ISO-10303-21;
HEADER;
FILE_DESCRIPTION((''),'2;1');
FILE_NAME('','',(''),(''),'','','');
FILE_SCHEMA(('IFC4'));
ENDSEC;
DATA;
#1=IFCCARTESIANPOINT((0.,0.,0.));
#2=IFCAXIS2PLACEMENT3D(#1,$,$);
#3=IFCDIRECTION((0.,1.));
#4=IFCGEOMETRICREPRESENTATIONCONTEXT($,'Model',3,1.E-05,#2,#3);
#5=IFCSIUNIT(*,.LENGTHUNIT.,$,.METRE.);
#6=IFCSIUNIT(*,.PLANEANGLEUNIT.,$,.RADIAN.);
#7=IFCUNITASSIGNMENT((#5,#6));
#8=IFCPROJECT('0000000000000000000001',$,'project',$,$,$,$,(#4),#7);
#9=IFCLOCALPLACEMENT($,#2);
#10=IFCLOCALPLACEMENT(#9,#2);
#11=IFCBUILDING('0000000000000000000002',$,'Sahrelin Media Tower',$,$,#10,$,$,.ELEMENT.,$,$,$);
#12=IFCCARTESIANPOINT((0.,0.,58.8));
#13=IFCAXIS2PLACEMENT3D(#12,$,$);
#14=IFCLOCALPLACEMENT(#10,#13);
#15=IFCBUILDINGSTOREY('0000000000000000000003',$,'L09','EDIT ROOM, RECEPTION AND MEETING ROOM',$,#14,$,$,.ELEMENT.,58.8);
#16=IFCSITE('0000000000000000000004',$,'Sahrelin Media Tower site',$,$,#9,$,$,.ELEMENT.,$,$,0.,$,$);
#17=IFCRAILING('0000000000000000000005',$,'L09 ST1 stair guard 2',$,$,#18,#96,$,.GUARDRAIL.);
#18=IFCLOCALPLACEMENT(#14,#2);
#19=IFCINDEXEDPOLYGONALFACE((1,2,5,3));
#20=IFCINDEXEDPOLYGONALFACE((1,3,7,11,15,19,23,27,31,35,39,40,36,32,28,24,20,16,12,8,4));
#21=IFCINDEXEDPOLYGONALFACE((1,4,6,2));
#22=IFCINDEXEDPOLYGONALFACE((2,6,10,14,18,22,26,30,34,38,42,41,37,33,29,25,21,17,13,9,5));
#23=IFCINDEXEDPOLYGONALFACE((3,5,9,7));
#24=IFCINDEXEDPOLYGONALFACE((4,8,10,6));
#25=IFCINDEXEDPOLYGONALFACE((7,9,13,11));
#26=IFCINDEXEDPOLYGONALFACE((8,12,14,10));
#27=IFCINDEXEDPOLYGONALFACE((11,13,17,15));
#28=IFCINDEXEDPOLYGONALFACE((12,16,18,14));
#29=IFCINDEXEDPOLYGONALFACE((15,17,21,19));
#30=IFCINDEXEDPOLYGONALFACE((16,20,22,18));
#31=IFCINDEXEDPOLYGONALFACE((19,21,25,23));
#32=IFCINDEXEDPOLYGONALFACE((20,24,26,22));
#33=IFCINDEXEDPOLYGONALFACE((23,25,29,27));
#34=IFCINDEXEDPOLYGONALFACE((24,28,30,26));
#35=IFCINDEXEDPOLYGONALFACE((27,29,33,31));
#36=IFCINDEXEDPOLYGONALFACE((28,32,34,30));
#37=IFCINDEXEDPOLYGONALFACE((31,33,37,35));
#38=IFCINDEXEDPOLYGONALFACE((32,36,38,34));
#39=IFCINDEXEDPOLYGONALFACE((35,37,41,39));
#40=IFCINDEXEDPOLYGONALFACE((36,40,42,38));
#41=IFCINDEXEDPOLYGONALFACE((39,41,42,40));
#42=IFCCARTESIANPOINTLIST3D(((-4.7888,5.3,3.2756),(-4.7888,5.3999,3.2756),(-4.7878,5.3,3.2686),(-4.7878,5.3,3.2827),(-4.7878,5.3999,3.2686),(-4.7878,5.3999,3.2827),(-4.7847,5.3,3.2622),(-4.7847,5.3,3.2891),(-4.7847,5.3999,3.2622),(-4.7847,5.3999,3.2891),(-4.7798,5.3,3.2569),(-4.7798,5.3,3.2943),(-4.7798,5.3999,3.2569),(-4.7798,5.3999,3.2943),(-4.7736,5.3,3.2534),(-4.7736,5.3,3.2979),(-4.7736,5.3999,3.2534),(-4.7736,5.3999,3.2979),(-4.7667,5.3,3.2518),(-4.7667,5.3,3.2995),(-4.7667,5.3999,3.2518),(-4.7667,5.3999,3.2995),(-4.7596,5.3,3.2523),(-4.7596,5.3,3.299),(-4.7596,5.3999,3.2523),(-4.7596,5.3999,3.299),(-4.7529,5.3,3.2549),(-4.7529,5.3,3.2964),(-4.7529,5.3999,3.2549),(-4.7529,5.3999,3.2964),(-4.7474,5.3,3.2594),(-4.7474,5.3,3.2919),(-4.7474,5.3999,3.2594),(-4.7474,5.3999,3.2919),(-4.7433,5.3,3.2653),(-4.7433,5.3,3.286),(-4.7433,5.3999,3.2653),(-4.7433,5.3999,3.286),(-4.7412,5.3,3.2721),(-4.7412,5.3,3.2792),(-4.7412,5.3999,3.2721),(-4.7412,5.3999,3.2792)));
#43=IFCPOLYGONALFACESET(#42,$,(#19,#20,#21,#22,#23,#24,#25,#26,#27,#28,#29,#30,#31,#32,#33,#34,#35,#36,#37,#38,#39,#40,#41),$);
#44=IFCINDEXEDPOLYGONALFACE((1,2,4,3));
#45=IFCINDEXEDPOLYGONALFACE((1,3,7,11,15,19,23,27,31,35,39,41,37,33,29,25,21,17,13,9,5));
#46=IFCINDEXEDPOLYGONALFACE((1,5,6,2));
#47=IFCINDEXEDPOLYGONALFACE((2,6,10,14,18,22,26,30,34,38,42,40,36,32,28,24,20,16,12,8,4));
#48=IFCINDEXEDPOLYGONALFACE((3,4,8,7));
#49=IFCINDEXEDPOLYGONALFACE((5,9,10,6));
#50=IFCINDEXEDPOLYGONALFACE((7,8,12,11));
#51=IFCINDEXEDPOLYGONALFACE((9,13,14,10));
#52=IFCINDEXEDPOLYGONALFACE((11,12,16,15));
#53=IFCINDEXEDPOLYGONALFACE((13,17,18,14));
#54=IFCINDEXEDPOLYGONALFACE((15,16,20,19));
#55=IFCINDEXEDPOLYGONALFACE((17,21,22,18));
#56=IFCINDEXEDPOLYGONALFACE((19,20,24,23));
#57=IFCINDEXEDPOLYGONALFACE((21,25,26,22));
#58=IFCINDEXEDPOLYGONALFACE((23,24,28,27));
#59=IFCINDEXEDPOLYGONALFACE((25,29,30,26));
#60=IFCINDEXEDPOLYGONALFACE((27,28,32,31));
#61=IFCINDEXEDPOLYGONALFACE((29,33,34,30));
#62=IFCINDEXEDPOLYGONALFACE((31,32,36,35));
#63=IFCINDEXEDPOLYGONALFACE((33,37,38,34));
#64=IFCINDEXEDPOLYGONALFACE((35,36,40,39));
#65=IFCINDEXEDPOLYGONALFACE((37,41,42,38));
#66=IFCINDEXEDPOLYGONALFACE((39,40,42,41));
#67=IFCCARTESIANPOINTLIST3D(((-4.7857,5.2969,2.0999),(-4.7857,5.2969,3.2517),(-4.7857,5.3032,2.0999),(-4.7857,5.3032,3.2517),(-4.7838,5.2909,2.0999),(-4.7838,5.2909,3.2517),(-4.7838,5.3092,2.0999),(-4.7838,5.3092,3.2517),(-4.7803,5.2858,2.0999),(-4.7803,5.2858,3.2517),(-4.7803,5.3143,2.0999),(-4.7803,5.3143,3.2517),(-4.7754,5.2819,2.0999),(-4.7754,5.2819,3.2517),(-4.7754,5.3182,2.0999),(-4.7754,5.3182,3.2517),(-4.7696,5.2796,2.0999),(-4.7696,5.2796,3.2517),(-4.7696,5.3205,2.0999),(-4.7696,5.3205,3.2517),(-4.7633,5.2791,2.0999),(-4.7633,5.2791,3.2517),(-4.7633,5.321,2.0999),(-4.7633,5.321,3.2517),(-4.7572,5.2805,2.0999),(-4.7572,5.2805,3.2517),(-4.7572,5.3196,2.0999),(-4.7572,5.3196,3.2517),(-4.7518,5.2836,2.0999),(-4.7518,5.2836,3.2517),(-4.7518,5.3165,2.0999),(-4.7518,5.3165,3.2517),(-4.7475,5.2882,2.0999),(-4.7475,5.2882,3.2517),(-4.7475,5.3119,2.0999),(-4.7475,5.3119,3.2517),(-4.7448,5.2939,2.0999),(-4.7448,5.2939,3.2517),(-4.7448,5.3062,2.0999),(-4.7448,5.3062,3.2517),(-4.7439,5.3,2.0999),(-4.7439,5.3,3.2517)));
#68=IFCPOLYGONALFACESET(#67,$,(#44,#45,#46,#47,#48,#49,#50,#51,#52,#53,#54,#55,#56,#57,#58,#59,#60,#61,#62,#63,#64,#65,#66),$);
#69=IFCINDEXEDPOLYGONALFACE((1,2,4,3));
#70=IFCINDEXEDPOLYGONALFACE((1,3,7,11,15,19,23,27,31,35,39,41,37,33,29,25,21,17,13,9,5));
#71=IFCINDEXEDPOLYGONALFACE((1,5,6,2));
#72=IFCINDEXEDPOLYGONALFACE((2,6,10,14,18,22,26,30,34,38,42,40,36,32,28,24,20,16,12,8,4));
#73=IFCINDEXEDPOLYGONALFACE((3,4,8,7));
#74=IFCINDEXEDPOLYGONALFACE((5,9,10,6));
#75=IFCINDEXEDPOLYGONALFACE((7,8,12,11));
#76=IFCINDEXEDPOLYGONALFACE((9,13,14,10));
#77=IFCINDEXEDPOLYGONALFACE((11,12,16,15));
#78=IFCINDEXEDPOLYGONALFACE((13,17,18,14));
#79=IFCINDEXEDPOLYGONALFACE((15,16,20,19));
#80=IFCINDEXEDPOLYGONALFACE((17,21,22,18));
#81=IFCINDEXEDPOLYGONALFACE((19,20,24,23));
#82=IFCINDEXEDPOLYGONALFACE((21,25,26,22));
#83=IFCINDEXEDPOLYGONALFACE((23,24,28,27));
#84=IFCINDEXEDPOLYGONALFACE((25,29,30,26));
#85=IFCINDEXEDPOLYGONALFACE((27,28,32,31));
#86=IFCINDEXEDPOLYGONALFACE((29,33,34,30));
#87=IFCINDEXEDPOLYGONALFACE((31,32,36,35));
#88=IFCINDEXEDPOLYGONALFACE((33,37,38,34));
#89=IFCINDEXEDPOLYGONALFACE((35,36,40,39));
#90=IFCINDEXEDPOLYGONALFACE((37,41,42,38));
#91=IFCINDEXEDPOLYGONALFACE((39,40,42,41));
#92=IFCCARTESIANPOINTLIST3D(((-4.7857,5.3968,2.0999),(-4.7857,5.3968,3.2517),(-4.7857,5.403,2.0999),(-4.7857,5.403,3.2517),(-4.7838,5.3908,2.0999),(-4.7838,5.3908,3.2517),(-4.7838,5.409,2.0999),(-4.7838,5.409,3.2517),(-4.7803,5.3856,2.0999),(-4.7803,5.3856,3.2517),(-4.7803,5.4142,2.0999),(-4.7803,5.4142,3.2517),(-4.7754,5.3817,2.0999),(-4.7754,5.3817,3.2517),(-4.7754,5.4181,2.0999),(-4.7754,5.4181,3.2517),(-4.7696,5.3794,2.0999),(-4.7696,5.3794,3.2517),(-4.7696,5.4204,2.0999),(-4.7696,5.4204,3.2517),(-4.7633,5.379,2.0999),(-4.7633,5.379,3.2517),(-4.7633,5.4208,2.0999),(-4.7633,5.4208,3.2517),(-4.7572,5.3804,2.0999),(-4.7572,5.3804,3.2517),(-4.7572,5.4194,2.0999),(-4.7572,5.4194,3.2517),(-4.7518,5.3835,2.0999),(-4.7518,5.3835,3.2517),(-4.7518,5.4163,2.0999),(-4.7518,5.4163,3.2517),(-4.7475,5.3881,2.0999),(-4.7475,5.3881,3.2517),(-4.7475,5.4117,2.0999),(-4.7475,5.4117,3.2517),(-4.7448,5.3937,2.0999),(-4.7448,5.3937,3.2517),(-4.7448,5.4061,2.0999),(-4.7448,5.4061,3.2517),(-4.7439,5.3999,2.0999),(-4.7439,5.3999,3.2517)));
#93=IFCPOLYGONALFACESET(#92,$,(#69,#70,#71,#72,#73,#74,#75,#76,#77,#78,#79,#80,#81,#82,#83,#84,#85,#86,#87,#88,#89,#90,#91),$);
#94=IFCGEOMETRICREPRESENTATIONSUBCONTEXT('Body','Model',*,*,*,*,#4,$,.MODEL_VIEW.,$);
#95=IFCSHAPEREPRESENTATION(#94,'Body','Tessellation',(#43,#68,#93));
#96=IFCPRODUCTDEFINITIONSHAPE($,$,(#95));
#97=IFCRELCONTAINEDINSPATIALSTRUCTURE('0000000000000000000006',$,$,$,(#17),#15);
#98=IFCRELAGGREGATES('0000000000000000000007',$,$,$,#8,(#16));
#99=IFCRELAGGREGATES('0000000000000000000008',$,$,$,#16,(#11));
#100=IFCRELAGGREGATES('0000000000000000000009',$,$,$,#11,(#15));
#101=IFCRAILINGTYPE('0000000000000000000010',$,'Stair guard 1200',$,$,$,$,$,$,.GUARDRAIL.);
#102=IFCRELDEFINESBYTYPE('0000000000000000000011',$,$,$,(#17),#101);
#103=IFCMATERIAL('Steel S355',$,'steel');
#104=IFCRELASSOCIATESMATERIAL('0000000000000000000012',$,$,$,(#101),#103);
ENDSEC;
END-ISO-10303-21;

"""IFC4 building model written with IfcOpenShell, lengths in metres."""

from ifc_helpers import new_model, si_unit, direction, frame, origin, origin_2d, place, context, subcontext, project, spatial, circle, extrude, material, type_object, element, save


model = new_model("IFC4")

# Units and contexts
model_context = context("Model", 3, precision=1e-05, world=origin(), true_north=direction((0.0, 1.0)))
body_context = subcontext(model_context, "Body", "Model", "MODEL_VIEW")
ifc_project = project(units=[si_unit("LENGTHUNIT", "METRE"), si_unit("PLANEANGLEUNIT", "RADIAN")], contexts=[model_context])

# Site, building, storey
site_placement = place(None, origin())
site = spatial("IfcSite", under=ifc_project, at=site_placement, Name="Sahrelin Media Tower site", CompositionType="ELEMENT", RefElevation=0.0)
building_placement = place(site_placement, origin())
building = spatial("IfcBuilding", under=site, at=building_placement, Name="Sahrelin Media Tower", CompositionType="ELEMENT")
storey_placement = place(building_placement, frame((0.0, 0.0, 58.8)))
storey = spatial("IfcBuildingStorey", under=building, at=storey_placement, Name="L09", Description="EDIT ROOM, RECEPTION AND MEETING ROOM", CompositionType="ELEMENT", Elevation=58.8)

# Shared definitions
ifc_material_1 = material(Name="Steel S355", Category="steel")

# Railing
railing_type_1 = type_object("IfcRailingType", Name="Stair guard 1200", PredefinedType="GUARDRAIL", material=ifc_material_1)
railing_1_placement = place(storey_placement, frame((-4.7649, 5.3, 2.0999)))
element("IfcRailing", 1, at=railing_1_placement, inside=storey, type_object=railing_type_1, Name="L09 ST1 stair guard 2", PredefinedType="GUARDRAIL", context=body_context, shape_type="SweptSolid", body=[
    extrude(circle(Radius=0.0239, at=origin_2d()), frame((0.0, 0.0, 1.1758), z_axis=(0.0, 1.0, 0.0), x_axis=(-1.0, 0.0, 0.0)), (0.0, 0.0, 1.0), 0.0999),
    extrude(circle(Radius=0.021, at=origin_2d()), origin(), (0.0, 0.0, 1.0), 1.1519),
    extrude(circle(Radius=0.021, at=origin_2d()), frame((0.0, 0.0999, 0.0)), (0.0, 0.0, 1.0), 1.1519),
])

save(model, "model.ifc")
